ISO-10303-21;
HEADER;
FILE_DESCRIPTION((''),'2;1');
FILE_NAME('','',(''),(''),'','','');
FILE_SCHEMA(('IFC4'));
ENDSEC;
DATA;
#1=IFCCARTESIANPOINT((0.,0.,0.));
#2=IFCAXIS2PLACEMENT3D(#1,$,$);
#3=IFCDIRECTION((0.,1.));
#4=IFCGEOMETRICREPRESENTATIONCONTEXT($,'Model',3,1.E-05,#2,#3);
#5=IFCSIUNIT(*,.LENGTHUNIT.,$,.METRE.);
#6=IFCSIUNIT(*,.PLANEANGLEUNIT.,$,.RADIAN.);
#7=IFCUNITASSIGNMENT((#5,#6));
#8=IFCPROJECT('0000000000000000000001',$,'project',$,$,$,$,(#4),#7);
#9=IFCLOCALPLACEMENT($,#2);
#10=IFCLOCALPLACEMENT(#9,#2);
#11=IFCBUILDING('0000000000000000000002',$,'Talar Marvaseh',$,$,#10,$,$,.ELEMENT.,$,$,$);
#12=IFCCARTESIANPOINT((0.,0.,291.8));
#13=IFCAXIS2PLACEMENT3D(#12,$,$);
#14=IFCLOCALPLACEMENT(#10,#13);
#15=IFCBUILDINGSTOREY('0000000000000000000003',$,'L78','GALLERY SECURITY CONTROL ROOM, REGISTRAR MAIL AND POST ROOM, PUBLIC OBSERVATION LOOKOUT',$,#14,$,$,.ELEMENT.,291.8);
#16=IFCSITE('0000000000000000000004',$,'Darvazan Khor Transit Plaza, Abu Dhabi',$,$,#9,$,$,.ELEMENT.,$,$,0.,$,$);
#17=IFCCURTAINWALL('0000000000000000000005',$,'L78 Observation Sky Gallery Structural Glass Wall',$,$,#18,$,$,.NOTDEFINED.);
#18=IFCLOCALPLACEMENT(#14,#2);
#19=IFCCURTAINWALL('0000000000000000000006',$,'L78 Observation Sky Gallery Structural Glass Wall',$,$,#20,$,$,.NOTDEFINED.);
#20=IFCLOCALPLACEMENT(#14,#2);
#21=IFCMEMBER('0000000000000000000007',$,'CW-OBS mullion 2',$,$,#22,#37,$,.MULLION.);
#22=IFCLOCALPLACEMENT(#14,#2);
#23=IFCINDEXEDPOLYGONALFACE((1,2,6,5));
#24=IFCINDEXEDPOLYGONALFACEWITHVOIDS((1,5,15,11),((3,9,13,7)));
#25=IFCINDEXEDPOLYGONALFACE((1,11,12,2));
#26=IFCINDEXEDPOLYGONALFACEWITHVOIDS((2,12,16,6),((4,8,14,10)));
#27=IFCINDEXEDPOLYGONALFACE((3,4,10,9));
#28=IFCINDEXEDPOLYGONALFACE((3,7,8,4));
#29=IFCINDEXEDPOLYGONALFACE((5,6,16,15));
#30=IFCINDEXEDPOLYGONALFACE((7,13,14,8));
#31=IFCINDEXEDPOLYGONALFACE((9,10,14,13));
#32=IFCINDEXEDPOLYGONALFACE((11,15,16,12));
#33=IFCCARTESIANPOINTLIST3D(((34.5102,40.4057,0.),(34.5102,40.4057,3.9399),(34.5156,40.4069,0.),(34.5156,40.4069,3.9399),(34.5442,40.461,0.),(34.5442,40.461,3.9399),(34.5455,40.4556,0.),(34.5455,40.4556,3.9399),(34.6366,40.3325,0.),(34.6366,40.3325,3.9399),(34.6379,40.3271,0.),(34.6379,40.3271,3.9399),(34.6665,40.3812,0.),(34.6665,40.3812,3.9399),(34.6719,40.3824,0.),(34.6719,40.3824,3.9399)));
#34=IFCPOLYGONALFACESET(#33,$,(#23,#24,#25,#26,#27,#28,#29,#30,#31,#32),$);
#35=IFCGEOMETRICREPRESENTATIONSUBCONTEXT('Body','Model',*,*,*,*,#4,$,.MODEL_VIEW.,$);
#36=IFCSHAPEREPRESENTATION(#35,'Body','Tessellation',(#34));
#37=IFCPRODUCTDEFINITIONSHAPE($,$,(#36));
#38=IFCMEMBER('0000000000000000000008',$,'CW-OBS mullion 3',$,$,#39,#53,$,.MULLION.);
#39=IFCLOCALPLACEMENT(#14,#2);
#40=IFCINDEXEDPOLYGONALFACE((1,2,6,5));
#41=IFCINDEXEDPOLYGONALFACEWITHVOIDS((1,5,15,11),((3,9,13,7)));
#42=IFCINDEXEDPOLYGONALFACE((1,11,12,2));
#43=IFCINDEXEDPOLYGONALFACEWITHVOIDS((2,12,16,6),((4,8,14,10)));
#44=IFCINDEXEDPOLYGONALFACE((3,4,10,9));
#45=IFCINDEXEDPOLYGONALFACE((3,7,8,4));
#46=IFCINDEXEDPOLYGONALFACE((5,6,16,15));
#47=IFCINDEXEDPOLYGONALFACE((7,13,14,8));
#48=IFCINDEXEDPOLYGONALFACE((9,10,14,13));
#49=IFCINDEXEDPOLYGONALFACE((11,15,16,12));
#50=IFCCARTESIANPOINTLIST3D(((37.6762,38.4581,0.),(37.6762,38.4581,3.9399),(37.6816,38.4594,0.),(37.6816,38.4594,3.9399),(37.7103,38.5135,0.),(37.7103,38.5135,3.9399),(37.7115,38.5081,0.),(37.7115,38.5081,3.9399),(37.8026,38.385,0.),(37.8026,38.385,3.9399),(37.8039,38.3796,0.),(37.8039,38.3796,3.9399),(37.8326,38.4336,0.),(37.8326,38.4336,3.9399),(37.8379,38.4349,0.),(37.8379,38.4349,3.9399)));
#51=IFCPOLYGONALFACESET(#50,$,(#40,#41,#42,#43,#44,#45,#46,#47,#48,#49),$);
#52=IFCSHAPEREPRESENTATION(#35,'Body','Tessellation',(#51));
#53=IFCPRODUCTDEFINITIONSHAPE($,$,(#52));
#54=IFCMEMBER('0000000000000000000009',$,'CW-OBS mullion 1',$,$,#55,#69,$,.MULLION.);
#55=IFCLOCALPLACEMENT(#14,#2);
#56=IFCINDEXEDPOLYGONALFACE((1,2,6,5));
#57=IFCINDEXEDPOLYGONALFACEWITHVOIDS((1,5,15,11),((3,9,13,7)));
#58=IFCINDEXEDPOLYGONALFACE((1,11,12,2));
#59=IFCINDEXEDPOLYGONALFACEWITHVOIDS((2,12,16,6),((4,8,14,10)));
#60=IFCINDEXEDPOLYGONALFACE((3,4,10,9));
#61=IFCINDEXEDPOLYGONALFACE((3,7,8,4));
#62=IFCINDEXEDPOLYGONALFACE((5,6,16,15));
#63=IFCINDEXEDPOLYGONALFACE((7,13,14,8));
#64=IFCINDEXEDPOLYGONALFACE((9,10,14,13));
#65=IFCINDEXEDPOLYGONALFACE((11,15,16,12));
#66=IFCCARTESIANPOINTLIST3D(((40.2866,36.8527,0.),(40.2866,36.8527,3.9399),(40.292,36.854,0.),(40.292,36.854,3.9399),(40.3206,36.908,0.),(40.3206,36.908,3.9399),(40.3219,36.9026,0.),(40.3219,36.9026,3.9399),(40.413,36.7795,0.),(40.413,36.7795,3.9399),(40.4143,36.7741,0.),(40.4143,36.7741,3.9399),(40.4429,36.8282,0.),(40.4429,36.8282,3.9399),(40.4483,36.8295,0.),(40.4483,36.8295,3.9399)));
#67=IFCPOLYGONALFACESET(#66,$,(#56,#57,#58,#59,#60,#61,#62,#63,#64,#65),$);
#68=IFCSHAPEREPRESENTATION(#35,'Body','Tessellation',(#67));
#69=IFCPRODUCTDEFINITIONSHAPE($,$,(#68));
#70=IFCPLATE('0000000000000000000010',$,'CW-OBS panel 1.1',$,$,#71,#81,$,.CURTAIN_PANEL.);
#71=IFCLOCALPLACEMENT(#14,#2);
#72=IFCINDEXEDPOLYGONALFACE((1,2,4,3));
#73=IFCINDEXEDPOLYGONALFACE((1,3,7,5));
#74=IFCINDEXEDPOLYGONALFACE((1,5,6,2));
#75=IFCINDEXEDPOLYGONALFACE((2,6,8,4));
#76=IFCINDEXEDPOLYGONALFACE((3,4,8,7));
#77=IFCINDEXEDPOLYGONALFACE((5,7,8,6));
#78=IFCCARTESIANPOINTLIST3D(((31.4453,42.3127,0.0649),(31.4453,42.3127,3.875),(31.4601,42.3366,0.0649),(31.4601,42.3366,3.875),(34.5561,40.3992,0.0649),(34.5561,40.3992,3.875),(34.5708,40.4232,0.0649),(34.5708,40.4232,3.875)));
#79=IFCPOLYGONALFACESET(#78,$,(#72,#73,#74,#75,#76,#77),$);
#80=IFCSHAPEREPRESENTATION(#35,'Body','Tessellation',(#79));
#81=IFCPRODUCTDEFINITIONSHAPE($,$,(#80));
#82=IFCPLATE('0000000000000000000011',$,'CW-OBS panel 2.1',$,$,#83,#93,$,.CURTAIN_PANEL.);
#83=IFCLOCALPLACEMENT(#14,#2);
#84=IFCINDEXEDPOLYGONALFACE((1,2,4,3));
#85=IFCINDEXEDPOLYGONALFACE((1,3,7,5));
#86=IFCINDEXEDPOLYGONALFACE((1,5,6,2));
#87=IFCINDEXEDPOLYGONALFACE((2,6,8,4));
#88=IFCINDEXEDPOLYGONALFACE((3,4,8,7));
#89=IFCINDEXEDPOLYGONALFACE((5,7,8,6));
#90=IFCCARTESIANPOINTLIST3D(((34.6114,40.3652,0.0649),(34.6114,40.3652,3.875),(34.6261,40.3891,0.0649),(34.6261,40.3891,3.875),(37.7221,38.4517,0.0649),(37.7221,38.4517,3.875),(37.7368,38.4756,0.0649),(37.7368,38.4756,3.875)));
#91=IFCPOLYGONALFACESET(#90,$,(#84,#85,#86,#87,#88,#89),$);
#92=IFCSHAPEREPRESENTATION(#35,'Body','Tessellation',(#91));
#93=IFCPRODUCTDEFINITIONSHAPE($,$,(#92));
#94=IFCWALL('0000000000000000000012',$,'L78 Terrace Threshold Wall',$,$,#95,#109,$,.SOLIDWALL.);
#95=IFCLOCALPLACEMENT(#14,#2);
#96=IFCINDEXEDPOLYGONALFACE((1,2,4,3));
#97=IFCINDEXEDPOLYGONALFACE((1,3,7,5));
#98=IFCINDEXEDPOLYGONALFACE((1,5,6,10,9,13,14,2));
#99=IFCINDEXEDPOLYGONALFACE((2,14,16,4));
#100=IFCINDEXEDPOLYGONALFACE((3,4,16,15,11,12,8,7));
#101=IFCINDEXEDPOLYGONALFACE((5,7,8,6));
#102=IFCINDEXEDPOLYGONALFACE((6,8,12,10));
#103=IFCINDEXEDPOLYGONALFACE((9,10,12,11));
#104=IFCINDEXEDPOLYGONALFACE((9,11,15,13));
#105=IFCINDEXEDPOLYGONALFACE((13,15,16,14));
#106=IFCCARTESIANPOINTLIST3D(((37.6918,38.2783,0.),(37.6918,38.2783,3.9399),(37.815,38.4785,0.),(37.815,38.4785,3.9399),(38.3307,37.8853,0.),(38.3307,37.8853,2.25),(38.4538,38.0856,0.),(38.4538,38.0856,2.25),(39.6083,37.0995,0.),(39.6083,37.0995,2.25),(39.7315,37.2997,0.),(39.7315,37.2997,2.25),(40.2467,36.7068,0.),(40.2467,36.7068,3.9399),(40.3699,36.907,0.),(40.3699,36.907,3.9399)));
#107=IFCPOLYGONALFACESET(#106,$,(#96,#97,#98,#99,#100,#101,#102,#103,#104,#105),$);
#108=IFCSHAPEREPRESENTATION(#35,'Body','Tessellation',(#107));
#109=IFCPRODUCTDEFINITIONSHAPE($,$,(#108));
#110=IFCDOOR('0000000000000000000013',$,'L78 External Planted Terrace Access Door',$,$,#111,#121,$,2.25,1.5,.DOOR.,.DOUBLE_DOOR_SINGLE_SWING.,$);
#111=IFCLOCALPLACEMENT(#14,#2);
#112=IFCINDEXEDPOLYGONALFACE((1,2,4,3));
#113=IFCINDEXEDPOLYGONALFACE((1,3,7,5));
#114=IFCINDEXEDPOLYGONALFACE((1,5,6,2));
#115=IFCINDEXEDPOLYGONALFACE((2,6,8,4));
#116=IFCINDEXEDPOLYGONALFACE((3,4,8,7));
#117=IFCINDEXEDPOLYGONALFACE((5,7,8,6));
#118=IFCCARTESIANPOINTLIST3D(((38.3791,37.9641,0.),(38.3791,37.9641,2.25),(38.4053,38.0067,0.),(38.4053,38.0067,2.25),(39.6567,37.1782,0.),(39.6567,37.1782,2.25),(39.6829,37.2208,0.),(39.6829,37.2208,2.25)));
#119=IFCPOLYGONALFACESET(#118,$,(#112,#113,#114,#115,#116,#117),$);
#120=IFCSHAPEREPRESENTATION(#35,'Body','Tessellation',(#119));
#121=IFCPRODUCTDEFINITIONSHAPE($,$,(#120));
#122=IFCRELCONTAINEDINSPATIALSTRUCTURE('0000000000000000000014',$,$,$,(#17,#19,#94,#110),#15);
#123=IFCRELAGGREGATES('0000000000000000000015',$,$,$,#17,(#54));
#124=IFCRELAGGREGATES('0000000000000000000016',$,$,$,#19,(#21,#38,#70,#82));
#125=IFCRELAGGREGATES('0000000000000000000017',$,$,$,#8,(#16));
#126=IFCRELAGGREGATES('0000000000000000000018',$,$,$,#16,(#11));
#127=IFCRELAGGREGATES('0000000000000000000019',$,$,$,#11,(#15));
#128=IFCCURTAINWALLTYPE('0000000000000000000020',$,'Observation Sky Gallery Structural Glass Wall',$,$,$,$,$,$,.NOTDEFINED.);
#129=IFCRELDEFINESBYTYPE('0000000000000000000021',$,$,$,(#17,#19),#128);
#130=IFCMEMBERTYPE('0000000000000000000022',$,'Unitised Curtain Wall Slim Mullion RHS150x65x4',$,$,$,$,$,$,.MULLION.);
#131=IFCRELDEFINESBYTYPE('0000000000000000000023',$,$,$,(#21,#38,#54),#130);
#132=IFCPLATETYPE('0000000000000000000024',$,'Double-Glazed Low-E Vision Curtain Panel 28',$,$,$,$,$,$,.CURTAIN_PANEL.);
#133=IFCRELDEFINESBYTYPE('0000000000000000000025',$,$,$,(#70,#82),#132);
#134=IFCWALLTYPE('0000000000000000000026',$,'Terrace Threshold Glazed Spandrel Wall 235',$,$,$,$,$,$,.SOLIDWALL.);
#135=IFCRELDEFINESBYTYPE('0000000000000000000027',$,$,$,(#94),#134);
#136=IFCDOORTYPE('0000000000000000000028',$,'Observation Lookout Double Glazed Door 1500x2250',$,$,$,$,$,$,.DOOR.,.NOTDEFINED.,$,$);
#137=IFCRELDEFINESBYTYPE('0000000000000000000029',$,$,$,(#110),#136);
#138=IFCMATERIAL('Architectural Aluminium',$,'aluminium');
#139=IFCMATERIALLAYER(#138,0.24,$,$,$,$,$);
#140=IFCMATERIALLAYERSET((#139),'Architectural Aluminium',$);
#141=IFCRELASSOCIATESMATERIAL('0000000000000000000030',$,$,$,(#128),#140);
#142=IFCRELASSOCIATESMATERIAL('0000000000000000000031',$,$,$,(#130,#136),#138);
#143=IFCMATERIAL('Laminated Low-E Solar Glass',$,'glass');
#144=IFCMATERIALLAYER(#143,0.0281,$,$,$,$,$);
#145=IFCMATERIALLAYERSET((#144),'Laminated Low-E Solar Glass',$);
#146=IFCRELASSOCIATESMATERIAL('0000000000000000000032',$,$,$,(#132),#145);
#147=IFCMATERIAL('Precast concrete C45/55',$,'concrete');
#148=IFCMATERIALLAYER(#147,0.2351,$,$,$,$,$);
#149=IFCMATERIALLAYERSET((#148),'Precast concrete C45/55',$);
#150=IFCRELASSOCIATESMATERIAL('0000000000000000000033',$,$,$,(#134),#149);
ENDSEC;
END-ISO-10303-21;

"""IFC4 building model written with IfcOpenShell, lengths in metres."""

from ifc_helpers import new_model, si_unit, direction, frame, frame_2d, origin, origin_2d, place, context, subcontext, project, spatial, rectangle, hollow_rectangle, extrude, source, transform, mapped, material, layer, layer_set, material_profile, profile_set, type_object, type_shapes, element, fill, aggregate, save


model = new_model("IFC4")

# Units and contexts
model_context = context("Model", 3, precision=1e-05, world=origin(), true_north=direction((0.0, 1.0)))
body_context = subcontext(model_context, "Body", "Model", "MODEL_VIEW")
ifc_project = project(units=[si_unit("LENGTHUNIT", "METRE"), si_unit("PLANEANGLEUNIT", "RADIAN")], contexts=[model_context])

# Site, building, storey
site_placement = place(None, origin())
site = spatial("IfcSite", under=ifc_project, at=site_placement, Name="Darvazan Khor Transit Plaza, Abu Dhabi", CompositionType="ELEMENT", RefElevation=0.0)
building_placement = place(site_placement, origin())
building = spatial("IfcBuilding", under=site, at=building_placement, Name="Talar Marvaseh", CompositionType="ELEMENT")
storey_placement = place(building_placement, frame((0.0, 0.0, 291.8)))
storey = spatial("IfcBuildingStorey", under=building, at=storey_placement, Name="L78", Description="GALLERY SECURITY CONTROL ROOM, REGISTRAR MAIL AND POST ROOM, PUBLIC OBSERVATION LOOKOUT", CompositionType="ELEMENT", Elevation=291.8)

# Curtain walls, members
ifc_material_1 = material(Name="Architectural Aluminium", Category="aluminium")
ifc_layer_1 = layer(ifc_material_1, 0.24)
ifc_layer_set_1 = layer_set([ifc_layer_1], Name="Architectural Aluminium")
curtain_wall_type = type_object("IfcCurtainWallType", Name="Observation Sky Gallery Structural Glass Wall", PredefinedType="NOTDEFINED", material=ifc_layer_set_1)
curtain_wall_1_placement = place(storey_placement, origin())
curtain_wall_1 = element("IfcCurtainWall", 1, at=curtain_wall_1_placement, inside=storey, type_object=curtain_wall_type, Name="L78 Observation Sky Gallery Structural Glass Wall", PredefinedType="NOTDEFINED")
curtain_wall_2_placement = place(storey_placement, origin())
curtain_wall_2 = element("IfcCurtainWall", 2, at=curtain_wall_2_placement, inside=storey, type_object=curtain_wall_type, Name="L78 Observation Sky Gallery Structural Glass Wall", PredefinedType="NOTDEFINED")
ifc_material_profile_1 = material_profile(ifc_material_1, hollow_rectangle(XDim=0.0649, YDim=0.1499, WallThickness=0.0039, at=origin_2d()), Name="RHS150x65x4")
ifc_profile_set_1 = profile_set([ifc_material_profile_1], Name="Architectural Aluminium")
member_type_1 = type_object("IfcMemberType", Name="Unitised Curtain Wall Slim Mullion RHS150x65x4", PredefinedType="MULLION", material=ifc_profile_set_1)
shared_shape_1 = source(origin(), body_context, "Body", "SweptSolid", [
    extrude(hollow_rectangle(XDim=0.0649, YDim=0.1499, WallThickness=0.0039, at=origin_2d()), origin(), (0.0, 0.0, 1.0), 3.9399),
])
type_shapes(member_type_1, [shared_shape_1])
member_1_placement = place(storey_placement, frame((34.5911, 40.394, 0.0), z_axis=(0.0, 0.0, 1.0), x_axis=(0.523932, 0.85176, 0.0)))
member_1 = element("IfcMember", 3, at=member_1_placement, type_object=member_type_1, Name="CW-OBS mullion 2", PredefinedType="MULLION", context=body_context, shape_type="MappedRepresentation", body=[
    mapped(shared_shape_1, transform((0.0, 0.0, 0.0), x_axis=(1.0, 0.0, 0.0), y_axis=(0.0, 1.0, 0.0), z_axis=(0.0, 0.0, 1.0), scale=1.0)),
])
member_2_placement = place(storey_placement, frame((37.7571, 38.4465, 0.0), z_axis=(0.0, 0.0, 1.0), x_axis=(0.523932, 0.85176, 0.0)))
member_2 = element("IfcMember", 4, at=member_2_placement, type_object=member_type_1, Name="CW-OBS mullion 3", PredefinedType="MULLION", context=body_context, shape_type="MappedRepresentation", body=[
    mapped(shared_shape_1, transform((0.0, 0.0, 0.0), x_axis=(1.0, 0.0, 0.0), y_axis=(0.0, 1.0, 0.0), z_axis=(0.0, 0.0, 1.0), scale=1.0)),
])

# Member
member_3_placement = place(storey_placement, frame((40.3674, 36.8411, 0.0), z_axis=(0.0, 0.0, 1.0), x_axis=(0.523923, 0.851766, 0.0)))
member_3 = element("IfcMember", 5, at=member_3_placement, type_object=member_type_1, Name="CW-OBS mullion 1", PredefinedType="MULLION", context=body_context, shape_type="MappedRepresentation", body=[
    mapped(shared_shape_1, transform((0.0, 0.0, 0.0), x_axis=(1.0, 0.0, 0.0), y_axis=(0.0, 1.0, 0.0), z_axis=(0.0, 0.0, 1.0), scale=1.0)),
])
aggregate(curtain_wall_1, [member_3])

# Plates
ifc_material_2 = material(Name="Laminated Low-E Solar Glass", Category="glass")
ifc_layer_2 = layer(ifc_material_2, 0.0281)
ifc_layer_set_2 = layer_set([ifc_layer_2], Name="Laminated Low-E Solar Glass")
plate_type = type_object("IfcPlateType", Name="Double-Glazed Low-E Vision Curtain Panel 28", PredefinedType="CURTAIN_PANEL", material=ifc_layer_set_2)
shared_shape_2 = source(origin(), body_context, "Body", "SweptSolid", [
    extrude(rectangle(XDim=3.6521, YDim=0.0281, at=origin_2d()), origin(), (0.0, 0.0, 1.0), 3.8101),
])
type_shapes(plate_type, [shared_shape_2])
plate_1_placement = place(storey_placement, frame((33.0081, 41.3679, 0.0649), z_axis=(0.0, 0.0, 1.0), x_axis=(0.85176, -0.523932, 0.0)))
plate_1 = element("IfcPlate", 6, at=plate_1_placement, type_object=plate_type, Name="CW-OBS panel 1.1", PredefinedType="CURTAIN_PANEL", context=body_context, shape_type="MappedRepresentation", body=[
    mapped(shared_shape_2, transform((0.0, 0.0, 0.0), x_axis=(1.0, 0.0, 0.0), y_axis=(0.0, 1.0, 0.0), z_axis=(0.0, 0.0, 1.0), scale=1.0)),
])
plate_2_placement = place(storey_placement, frame((36.1741, 39.4204, 0.0649), z_axis=(0.0, 0.0, 1.0), x_axis=(0.85176, -0.523932, 0.0)))
plate_2 = element("IfcPlate", 7, at=plate_2_placement, type_object=plate_type, Name="CW-OBS panel 2.1", PredefinedType="CURTAIN_PANEL", context=body_context, shape_type="MappedRepresentation", body=[
    mapped(shared_shape_2, transform((0.0, 0.0, 0.0), x_axis=(1.0, 0.0, 0.0), y_axis=(0.0, 1.0, 0.0), z_axis=(0.0, 0.0, 1.0), scale=1.0)),
])
aggregate(curtain_wall_2, [member_1, member_2, plate_1, plate_2])

# Wall, opening, door
ifc_material_3 = material(Name="Precast concrete C45/55", Category="concrete")
ifc_layer_3 = layer(ifc_material_3, 0.2351)
ifc_layer_set_3 = layer_set([ifc_layer_3], Name="Precast concrete C45/55")
wall_type = type_object("IfcWallType", Name="Terrace Threshold Glazed Spandrel Wall 235", PredefinedType="SOLIDWALL", material=ifc_layer_set_3)
wall_placement = place(storey_placement, frame((37.7534, 38.3784, 0.0), z_axis=(0.0, 0.0, 1.0), x_axis=(0.851767, -0.52392, 0.0)))
wall = element("IfcWall", 8, at=wall_placement, inside=storey, type_object=wall_type, Name="L78 Terrace Threshold Wall", PredefinedType="SOLIDWALL", context=body_context, shape_type="SweptSolid", body=[
    extrude(rectangle(XDim=2.9995, YDim=0.2351, at=frame_2d((1.4998, 0.0))), origin(), (0.0, 0.0, 1.0), 3.9399),
])
opening_placement = place(wall_placement, frame((0.75, 0.0, 0.0)))
opening = element("IfcOpeningElement", 9, at=opening_placement, cuts=wall, PredefinedType="OPENING", context=body_context, shape_type="SweptSolid", body=[
    extrude(rectangle(XDim=1.5, YDim=2.25, at=frame_2d((0.75, 1.125))), frame((0.0, 0.1274, 0.0), z_axis=(0.0, -1.0, 0.0), x_axis=(1.0, 0.0, 0.0)), (0.0, 0.0, 1.0), 0.2551),
])
door_type = type_object("IfcDoorType", Name="Observation Lookout Double Glazed Door 1500x2250", OperationType="NOTDEFINED", PredefinedType="DOOR", material=ifc_material_1)
shared_shape_3 = source(origin(), body_context, "Body", "SweptSolid", [
    extrude(rectangle(XDim=1.5, YDim=2.25, at=frame_2d((0.75, 1.125))), frame((0.0, 0.0249, 0.0), z_axis=(0.0, -1.0, 0.0), x_axis=(1.0, 0.0, 0.0)), (0.0, 0.0, 1.0), 0.05),
])
type_shapes(door_type, [shared_shape_3])
door_placement = place(opening_placement, origin())
door = element("IfcDoor", 10, at=door_placement, inside=storey, type_object=door_type, Name="L78 External Planted Terrace Access Door", OperationType="DOUBLE_DOOR_SINGLE_SWING", OverallHeight=2.25, OverallWidth=1.5, PredefinedType="DOOR", context=body_context, shape_type="MappedRepresentation", body=[
    mapped(shared_shape_3, transform((0.0, 0.0, 0.0), x_axis=(1.0, 0.0, 0.0), y_axis=(0.0, 1.0, 0.0), z_axis=(0.0, 0.0, 1.0), scale=1.0)),
])
fill(opening, door)

save(model, "model.ifc")
